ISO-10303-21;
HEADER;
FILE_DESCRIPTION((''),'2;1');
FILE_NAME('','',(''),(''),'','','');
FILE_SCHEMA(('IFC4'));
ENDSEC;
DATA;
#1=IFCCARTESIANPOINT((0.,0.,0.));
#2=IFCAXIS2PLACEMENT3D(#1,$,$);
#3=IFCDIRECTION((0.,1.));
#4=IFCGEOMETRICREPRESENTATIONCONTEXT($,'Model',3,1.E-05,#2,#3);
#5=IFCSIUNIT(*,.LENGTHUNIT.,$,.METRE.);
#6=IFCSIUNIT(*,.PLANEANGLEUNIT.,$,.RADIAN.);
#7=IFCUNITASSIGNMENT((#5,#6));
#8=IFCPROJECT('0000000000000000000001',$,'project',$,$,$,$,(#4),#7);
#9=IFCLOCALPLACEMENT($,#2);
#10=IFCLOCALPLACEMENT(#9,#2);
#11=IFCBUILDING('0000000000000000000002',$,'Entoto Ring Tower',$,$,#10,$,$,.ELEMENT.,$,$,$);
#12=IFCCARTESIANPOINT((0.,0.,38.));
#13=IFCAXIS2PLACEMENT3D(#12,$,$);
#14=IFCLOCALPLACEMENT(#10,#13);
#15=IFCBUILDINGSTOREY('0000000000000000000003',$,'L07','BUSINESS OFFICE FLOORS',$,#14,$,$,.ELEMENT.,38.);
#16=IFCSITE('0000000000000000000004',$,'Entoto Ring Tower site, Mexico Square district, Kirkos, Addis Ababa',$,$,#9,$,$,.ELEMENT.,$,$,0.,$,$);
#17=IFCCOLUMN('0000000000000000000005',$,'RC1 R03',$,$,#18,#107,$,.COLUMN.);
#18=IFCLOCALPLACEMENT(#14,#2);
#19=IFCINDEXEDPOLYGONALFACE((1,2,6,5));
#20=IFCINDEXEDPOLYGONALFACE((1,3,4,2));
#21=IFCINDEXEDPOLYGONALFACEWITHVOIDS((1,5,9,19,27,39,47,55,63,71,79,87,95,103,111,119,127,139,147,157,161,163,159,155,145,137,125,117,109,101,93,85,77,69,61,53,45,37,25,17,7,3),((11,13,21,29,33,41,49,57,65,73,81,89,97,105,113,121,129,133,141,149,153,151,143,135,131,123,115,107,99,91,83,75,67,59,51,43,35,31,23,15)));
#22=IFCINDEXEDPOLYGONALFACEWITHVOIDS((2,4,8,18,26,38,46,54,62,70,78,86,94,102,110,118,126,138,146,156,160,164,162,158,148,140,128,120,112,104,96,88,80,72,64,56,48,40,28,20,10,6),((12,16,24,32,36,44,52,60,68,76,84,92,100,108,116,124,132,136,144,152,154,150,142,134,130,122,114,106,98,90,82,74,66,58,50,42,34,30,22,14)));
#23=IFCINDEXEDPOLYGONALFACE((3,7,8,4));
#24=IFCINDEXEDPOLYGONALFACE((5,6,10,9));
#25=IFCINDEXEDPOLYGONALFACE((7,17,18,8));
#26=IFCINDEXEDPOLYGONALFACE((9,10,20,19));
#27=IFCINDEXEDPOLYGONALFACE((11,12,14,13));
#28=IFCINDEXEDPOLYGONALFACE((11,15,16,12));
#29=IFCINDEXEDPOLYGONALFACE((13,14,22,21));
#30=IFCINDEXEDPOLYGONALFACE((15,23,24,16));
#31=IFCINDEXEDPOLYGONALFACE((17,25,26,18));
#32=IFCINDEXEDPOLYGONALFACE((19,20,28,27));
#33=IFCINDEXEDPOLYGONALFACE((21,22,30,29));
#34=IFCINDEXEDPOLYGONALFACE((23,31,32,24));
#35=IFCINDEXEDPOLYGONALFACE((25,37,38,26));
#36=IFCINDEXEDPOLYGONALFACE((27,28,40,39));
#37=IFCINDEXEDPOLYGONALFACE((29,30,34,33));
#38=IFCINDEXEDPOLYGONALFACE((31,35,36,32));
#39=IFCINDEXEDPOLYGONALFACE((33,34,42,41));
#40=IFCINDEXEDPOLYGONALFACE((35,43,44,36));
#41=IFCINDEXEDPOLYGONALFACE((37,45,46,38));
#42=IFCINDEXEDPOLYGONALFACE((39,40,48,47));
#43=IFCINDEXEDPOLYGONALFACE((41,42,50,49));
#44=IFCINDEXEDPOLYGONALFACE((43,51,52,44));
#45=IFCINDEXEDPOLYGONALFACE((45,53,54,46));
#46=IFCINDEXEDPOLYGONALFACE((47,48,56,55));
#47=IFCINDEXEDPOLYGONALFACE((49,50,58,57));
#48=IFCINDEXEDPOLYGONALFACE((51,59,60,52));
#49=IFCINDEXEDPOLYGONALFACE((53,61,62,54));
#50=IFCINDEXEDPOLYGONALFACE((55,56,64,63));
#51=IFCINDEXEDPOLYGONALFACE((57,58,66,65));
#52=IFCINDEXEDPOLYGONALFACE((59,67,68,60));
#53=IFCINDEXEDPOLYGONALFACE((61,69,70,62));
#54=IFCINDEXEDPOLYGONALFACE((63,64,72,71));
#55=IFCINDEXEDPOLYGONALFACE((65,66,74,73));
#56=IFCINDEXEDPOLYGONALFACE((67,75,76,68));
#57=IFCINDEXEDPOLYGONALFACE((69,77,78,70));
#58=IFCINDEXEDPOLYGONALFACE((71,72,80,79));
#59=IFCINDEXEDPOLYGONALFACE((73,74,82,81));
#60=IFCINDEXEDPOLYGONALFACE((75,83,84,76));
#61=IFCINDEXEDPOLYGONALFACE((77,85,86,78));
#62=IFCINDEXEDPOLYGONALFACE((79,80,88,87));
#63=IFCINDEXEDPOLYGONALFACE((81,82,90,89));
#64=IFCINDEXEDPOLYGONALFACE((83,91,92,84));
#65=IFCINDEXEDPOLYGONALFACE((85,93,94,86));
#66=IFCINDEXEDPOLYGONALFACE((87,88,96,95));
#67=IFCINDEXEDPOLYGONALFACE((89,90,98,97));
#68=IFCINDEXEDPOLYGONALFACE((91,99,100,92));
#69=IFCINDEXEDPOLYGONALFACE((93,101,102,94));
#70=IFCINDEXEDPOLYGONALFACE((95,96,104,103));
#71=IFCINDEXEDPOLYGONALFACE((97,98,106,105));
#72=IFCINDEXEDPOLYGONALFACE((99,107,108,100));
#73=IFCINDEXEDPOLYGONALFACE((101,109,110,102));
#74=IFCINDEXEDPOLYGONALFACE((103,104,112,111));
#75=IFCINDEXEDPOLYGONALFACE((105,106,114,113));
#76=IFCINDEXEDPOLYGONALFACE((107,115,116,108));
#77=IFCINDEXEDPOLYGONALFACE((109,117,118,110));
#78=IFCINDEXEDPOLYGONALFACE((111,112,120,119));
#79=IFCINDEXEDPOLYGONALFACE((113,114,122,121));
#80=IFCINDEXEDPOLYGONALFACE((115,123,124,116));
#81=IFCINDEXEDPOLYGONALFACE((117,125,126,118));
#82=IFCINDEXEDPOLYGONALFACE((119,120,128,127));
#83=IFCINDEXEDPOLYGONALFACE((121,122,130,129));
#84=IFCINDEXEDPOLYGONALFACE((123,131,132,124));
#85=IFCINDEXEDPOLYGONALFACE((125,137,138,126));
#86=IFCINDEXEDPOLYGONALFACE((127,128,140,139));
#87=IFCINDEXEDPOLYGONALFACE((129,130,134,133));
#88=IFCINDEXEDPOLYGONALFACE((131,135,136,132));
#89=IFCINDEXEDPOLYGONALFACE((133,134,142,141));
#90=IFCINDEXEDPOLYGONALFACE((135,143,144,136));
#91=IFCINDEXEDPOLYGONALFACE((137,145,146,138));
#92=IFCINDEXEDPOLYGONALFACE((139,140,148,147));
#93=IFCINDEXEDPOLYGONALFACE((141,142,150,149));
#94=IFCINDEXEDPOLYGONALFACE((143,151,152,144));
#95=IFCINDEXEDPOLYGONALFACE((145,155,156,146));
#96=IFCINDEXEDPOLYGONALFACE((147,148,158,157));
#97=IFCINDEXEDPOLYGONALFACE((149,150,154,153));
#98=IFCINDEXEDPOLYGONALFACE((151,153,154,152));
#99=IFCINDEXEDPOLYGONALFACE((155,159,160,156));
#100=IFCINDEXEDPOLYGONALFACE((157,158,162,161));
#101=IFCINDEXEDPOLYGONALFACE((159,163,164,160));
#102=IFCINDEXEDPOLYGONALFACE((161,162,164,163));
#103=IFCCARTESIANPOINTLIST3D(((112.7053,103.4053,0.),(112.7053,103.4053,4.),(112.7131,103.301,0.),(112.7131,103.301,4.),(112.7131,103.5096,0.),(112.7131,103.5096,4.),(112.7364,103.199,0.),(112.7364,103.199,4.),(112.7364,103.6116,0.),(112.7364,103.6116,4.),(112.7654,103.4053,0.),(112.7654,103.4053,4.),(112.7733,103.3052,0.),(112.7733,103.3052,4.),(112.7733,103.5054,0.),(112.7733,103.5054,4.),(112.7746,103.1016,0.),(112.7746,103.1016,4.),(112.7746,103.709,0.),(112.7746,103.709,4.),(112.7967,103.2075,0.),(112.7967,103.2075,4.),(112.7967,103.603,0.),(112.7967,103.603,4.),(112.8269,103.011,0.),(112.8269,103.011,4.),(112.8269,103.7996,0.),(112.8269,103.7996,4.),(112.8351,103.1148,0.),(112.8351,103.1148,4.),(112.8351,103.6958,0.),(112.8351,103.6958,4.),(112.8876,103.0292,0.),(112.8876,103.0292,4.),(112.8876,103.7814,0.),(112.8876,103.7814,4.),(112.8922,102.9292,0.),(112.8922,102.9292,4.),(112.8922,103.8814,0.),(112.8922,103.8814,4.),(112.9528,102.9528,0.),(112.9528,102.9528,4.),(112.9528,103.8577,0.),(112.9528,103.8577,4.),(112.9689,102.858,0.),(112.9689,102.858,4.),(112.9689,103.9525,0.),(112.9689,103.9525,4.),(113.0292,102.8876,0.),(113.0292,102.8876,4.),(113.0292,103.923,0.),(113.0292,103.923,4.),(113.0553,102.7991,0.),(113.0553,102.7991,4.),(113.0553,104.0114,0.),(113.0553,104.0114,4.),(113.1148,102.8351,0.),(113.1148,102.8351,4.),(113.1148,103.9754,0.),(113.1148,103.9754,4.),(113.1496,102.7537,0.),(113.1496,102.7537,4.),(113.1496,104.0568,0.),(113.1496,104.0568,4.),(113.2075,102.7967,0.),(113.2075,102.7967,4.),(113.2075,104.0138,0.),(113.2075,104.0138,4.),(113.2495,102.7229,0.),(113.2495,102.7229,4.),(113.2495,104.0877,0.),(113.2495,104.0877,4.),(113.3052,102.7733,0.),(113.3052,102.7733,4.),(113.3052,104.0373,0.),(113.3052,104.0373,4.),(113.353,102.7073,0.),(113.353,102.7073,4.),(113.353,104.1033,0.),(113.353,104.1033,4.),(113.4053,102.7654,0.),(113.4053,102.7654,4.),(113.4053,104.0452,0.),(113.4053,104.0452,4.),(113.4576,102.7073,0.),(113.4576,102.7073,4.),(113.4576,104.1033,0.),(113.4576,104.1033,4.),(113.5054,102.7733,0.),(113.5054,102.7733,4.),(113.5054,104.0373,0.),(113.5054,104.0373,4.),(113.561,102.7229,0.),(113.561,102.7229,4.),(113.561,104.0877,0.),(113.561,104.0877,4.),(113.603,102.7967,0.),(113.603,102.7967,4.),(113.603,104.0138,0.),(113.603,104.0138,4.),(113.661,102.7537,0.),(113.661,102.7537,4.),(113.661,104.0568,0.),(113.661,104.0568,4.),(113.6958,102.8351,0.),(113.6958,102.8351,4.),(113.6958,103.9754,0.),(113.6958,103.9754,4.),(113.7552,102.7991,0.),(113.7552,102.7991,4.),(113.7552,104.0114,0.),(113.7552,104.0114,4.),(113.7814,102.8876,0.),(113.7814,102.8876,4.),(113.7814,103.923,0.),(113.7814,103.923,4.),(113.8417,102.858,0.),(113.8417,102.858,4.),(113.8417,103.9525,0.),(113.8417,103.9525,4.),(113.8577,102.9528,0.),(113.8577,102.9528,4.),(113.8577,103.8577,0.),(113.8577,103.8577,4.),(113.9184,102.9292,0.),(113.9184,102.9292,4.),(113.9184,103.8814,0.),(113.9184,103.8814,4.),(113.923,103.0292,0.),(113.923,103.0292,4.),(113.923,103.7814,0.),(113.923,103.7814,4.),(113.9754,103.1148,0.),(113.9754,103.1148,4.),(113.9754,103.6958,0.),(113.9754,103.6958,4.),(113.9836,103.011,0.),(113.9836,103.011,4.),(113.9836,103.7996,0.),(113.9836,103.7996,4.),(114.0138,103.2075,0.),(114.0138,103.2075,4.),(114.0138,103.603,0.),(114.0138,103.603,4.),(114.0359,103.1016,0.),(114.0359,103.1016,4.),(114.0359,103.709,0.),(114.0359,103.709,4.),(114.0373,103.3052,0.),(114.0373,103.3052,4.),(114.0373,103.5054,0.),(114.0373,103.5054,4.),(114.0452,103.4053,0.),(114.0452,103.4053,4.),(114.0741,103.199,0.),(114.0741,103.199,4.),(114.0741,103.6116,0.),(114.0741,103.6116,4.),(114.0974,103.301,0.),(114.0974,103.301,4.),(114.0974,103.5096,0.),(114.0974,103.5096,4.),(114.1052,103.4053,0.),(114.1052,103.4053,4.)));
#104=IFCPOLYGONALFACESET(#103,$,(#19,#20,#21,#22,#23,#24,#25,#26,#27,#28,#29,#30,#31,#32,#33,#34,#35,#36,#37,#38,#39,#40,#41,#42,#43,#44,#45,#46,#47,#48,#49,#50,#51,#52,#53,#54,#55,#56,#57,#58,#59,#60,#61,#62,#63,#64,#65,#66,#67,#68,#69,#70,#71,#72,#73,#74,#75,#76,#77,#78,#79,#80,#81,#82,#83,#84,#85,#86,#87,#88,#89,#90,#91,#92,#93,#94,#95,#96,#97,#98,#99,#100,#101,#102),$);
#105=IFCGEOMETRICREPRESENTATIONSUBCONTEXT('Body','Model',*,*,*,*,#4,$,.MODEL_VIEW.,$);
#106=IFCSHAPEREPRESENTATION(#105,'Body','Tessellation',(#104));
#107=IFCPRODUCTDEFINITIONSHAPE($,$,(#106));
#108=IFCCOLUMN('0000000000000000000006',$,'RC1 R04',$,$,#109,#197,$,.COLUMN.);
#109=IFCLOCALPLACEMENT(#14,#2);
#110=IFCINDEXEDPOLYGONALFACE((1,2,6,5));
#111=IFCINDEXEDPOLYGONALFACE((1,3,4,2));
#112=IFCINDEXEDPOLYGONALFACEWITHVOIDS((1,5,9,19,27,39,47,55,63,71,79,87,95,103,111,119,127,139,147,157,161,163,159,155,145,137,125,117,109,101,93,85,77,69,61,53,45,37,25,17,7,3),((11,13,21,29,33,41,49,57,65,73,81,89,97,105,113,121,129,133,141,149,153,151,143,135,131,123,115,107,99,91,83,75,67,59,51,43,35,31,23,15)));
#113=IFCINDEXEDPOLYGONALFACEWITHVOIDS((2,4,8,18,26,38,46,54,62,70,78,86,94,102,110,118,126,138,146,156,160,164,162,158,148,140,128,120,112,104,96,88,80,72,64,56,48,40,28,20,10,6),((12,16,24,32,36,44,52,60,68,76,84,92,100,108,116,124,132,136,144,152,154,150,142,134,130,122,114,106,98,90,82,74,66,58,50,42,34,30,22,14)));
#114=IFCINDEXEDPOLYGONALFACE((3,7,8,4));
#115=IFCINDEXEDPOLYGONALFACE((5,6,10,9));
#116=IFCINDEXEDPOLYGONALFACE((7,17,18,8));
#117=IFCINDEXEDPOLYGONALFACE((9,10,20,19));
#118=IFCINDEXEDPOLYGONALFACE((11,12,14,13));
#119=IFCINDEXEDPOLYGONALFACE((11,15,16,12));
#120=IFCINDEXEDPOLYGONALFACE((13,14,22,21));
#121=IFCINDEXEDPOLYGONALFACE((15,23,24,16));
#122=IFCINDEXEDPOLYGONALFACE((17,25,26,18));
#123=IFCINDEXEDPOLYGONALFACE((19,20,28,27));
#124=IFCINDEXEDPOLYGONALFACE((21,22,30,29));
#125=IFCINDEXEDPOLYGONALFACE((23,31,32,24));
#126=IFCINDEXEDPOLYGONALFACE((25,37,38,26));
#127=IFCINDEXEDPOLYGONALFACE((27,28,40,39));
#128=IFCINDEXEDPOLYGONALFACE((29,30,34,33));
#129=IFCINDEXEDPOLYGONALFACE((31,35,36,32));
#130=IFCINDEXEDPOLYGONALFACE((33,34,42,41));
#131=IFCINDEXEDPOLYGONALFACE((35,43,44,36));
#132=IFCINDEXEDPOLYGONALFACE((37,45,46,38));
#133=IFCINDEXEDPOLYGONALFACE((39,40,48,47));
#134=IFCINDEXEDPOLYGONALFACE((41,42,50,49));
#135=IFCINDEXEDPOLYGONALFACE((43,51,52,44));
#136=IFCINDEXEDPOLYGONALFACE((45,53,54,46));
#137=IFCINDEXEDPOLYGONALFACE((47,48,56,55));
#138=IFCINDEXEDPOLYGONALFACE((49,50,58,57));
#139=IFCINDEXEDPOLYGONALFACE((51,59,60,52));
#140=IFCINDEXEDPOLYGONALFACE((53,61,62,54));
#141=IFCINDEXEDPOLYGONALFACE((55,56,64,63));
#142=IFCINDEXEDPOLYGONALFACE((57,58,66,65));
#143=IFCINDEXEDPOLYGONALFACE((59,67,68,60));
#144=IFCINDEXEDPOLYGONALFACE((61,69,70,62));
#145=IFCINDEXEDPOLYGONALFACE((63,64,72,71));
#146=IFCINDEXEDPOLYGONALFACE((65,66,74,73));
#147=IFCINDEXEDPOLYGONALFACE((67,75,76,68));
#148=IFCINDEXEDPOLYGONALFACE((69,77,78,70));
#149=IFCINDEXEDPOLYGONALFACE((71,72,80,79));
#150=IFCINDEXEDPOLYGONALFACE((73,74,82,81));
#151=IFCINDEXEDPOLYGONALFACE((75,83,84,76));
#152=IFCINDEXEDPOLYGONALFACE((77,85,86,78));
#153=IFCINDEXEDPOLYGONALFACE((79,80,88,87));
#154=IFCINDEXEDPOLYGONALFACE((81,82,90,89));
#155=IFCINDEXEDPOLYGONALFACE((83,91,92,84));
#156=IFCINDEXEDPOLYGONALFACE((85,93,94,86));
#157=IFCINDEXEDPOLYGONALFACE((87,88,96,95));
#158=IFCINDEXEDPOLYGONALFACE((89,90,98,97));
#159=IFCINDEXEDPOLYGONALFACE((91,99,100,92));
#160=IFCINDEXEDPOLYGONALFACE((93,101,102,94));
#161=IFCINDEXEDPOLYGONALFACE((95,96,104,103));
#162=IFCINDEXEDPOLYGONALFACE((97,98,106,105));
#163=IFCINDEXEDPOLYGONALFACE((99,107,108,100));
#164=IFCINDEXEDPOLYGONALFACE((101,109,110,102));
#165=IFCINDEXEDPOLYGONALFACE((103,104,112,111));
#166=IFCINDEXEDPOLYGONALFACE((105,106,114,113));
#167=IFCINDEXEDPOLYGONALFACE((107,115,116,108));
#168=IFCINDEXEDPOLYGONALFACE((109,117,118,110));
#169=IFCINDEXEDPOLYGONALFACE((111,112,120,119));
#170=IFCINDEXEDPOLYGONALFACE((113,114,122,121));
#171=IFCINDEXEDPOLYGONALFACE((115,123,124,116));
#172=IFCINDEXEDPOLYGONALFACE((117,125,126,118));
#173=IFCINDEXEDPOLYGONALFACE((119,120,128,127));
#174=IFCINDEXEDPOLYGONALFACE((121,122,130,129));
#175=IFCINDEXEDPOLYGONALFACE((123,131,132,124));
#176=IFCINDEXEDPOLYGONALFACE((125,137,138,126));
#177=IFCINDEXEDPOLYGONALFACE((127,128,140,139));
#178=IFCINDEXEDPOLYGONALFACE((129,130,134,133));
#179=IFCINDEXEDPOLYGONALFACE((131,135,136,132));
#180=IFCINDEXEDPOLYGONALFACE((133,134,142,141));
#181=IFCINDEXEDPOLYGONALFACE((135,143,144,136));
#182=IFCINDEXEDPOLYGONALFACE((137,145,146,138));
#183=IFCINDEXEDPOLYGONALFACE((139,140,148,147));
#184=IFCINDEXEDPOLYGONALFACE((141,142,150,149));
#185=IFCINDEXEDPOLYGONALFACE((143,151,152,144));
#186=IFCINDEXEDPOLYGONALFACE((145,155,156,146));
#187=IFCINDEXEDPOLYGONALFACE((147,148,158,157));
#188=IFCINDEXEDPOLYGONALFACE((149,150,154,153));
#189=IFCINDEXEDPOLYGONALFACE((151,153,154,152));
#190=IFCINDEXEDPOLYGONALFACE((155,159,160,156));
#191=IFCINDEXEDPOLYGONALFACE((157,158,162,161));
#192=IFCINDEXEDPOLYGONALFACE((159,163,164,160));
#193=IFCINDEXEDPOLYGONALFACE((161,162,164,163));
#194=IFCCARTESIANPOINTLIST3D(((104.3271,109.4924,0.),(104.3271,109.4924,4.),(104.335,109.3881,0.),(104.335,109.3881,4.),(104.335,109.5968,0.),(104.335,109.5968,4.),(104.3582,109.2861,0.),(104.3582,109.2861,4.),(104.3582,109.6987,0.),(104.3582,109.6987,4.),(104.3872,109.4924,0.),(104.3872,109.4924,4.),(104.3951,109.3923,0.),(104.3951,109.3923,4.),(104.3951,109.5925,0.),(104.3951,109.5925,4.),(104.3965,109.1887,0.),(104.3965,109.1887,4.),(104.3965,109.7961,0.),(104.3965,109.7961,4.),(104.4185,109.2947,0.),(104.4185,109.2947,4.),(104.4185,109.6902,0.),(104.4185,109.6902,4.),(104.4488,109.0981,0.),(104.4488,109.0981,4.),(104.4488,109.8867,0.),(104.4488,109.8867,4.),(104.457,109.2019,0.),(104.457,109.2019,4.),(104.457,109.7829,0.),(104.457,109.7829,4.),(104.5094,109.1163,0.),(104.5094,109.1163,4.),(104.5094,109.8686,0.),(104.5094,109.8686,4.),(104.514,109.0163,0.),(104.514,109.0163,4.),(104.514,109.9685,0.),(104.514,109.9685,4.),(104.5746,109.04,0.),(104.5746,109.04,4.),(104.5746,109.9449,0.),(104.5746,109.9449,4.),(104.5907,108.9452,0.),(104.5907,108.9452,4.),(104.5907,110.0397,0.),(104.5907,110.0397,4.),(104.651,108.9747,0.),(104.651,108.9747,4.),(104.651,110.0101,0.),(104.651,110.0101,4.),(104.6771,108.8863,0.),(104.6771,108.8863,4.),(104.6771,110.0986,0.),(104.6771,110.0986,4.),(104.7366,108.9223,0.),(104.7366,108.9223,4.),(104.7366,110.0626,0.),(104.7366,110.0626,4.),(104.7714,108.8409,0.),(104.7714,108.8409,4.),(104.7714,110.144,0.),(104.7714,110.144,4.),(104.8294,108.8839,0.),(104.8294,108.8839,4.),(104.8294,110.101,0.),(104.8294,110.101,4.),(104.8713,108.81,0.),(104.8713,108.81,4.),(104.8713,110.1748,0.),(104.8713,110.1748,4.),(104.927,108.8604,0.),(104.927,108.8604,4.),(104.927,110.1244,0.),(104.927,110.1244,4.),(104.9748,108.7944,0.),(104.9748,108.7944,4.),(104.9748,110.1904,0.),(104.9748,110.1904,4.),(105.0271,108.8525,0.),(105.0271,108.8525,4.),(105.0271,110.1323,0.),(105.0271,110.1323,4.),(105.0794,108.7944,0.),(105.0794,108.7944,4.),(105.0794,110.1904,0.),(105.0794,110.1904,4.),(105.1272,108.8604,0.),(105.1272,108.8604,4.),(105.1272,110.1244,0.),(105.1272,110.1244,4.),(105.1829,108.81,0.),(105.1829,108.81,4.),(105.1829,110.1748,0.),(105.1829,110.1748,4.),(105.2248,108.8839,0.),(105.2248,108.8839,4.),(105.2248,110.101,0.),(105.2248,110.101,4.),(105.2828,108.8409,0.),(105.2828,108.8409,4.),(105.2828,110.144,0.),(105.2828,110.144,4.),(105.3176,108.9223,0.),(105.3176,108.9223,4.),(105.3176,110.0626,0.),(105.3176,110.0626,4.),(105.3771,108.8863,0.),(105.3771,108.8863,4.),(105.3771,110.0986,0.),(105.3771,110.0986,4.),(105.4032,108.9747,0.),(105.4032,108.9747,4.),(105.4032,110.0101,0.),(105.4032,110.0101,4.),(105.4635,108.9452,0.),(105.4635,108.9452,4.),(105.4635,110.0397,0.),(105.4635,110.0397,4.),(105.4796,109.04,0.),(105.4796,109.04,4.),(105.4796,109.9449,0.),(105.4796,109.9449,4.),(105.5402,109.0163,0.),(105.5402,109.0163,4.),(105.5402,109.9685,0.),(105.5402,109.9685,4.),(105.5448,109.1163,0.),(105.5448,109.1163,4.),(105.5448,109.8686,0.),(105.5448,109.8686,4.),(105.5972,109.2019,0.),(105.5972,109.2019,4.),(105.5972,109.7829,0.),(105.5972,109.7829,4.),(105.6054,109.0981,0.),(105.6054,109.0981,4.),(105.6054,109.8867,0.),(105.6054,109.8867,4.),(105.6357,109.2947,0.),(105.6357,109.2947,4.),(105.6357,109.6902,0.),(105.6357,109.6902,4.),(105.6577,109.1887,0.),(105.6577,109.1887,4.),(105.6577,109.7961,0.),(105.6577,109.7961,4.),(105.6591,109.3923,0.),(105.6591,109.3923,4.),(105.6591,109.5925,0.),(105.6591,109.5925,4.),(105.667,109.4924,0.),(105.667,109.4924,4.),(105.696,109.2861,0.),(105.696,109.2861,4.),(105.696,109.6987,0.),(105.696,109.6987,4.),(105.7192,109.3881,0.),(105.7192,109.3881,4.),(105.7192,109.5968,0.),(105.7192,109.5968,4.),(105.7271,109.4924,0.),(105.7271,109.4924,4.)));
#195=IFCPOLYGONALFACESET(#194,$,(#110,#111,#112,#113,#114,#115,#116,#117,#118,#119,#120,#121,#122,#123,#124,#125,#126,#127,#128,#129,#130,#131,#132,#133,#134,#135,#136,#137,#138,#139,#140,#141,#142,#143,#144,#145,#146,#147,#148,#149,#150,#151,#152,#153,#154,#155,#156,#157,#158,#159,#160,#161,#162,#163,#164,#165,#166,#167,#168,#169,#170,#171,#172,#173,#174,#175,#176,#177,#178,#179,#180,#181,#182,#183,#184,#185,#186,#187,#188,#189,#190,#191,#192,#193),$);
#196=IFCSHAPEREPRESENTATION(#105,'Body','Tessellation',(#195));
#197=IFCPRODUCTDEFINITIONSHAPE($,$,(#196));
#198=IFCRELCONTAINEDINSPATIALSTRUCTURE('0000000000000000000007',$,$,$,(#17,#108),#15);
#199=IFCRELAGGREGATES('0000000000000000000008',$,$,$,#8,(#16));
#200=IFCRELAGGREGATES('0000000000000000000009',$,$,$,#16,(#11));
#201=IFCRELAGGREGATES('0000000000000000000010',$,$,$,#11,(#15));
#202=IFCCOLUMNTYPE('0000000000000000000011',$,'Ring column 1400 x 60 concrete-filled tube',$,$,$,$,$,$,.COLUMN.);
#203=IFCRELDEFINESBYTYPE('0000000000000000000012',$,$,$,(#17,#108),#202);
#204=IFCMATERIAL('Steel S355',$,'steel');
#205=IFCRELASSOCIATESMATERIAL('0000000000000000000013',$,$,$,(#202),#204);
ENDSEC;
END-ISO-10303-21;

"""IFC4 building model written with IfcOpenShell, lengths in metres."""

from ifc_helpers import new_model, si_unit, direction, frame, origin, origin_2d, place, context, subcontext, project, spatial, circle, hollow_circle, extrude, material, material_profile, profile_set, type_object, element, save


model = new_model("IFC4")

# Units and contexts
model_context = context("Model", 3, precision=1e-05, world=origin(), true_north=direction((0.0, 1.0)))
body_context = subcontext(model_context, "Body", "Model", "MODEL_VIEW")
ifc_project = project(units=[si_unit("LENGTHUNIT", "METRE"), si_unit("PLANEANGLEUNIT", "RADIAN")], contexts=[model_context])

# Site, building, storey
site_placement = place(None, origin())
site = spatial("IfcSite", under=ifc_project, at=site_placement, Name="Entoto Ring Tower site, Mexico Square district, Kirkos, Addis Ababa", CompositionType="ELEMENT", RefElevation=0.0)
building_placement = place(site_placement, origin())
building = spatial("IfcBuilding", under=site, at=building_placement, Name="Entoto Ring Tower", CompositionType="ELEMENT")
storey_placement = place(building_placement, frame((0.0, 0.0, 38.0)))
storey = spatial("IfcBuildingStorey", under=building, at=storey_placement, Name="L07", Description="BUSINESS OFFICE FLOORS", CompositionType="ELEMENT", Elevation=38.0)

# Columns
ifc_material_1 = material(Name="Steel S355", Category="steel")
ifc_material_profile_1 = material_profile(ifc_material_1, hollow_circle(Radius=0.7, WallThickness=0.0601, at=origin_2d()), Name="CHS 1400 x 60")
ifc_material_2 = material(Name="Concrete C60/75", Category="concrete")
ifc_material_profile_2 = material_profile(ifc_material_2, circle(Radius=0.6399, at=origin_2d()), Name="Concrete C60/75 infill")
ifc_profile_set_1 = profile_set([ifc_material_profile_1, ifc_material_profile_2], Name="Steel S355")
column_type = type_object("IfcColumnType", Name="Ring column 1400 x 60 concrete-filled tube", PredefinedType="COLUMN", material=ifc_profile_set_1)
for number, where, z_axis, x_axis, name in (
    (1, (113.4053, 103.4053, 0.0), (0.0, 0.0, 1.0), (1.0, 0.0, 0.0), "RC1 R03"),
    (2, (105.0271, 109.4924, 0.0), (0.0, 0.0, 1.0), (1.0, 0.0, 0.0), "RC1 R04"),
):
    element("IfcColumn", number, at=place(storey_placement, frame(where, z_axis=z_axis, x_axis=x_axis)), inside=storey, type_object=column_type, Name=name, PredefinedType="COLUMN", context=body_context, shape_type="SweptSolid", body=[
        extrude(hollow_circle(Radius=0.7, WallThickness=0.0601, at=origin_2d()), origin(), (0.0, 0.0, 1.0), 4.0),
    ])

save(model, "model.ifc")
